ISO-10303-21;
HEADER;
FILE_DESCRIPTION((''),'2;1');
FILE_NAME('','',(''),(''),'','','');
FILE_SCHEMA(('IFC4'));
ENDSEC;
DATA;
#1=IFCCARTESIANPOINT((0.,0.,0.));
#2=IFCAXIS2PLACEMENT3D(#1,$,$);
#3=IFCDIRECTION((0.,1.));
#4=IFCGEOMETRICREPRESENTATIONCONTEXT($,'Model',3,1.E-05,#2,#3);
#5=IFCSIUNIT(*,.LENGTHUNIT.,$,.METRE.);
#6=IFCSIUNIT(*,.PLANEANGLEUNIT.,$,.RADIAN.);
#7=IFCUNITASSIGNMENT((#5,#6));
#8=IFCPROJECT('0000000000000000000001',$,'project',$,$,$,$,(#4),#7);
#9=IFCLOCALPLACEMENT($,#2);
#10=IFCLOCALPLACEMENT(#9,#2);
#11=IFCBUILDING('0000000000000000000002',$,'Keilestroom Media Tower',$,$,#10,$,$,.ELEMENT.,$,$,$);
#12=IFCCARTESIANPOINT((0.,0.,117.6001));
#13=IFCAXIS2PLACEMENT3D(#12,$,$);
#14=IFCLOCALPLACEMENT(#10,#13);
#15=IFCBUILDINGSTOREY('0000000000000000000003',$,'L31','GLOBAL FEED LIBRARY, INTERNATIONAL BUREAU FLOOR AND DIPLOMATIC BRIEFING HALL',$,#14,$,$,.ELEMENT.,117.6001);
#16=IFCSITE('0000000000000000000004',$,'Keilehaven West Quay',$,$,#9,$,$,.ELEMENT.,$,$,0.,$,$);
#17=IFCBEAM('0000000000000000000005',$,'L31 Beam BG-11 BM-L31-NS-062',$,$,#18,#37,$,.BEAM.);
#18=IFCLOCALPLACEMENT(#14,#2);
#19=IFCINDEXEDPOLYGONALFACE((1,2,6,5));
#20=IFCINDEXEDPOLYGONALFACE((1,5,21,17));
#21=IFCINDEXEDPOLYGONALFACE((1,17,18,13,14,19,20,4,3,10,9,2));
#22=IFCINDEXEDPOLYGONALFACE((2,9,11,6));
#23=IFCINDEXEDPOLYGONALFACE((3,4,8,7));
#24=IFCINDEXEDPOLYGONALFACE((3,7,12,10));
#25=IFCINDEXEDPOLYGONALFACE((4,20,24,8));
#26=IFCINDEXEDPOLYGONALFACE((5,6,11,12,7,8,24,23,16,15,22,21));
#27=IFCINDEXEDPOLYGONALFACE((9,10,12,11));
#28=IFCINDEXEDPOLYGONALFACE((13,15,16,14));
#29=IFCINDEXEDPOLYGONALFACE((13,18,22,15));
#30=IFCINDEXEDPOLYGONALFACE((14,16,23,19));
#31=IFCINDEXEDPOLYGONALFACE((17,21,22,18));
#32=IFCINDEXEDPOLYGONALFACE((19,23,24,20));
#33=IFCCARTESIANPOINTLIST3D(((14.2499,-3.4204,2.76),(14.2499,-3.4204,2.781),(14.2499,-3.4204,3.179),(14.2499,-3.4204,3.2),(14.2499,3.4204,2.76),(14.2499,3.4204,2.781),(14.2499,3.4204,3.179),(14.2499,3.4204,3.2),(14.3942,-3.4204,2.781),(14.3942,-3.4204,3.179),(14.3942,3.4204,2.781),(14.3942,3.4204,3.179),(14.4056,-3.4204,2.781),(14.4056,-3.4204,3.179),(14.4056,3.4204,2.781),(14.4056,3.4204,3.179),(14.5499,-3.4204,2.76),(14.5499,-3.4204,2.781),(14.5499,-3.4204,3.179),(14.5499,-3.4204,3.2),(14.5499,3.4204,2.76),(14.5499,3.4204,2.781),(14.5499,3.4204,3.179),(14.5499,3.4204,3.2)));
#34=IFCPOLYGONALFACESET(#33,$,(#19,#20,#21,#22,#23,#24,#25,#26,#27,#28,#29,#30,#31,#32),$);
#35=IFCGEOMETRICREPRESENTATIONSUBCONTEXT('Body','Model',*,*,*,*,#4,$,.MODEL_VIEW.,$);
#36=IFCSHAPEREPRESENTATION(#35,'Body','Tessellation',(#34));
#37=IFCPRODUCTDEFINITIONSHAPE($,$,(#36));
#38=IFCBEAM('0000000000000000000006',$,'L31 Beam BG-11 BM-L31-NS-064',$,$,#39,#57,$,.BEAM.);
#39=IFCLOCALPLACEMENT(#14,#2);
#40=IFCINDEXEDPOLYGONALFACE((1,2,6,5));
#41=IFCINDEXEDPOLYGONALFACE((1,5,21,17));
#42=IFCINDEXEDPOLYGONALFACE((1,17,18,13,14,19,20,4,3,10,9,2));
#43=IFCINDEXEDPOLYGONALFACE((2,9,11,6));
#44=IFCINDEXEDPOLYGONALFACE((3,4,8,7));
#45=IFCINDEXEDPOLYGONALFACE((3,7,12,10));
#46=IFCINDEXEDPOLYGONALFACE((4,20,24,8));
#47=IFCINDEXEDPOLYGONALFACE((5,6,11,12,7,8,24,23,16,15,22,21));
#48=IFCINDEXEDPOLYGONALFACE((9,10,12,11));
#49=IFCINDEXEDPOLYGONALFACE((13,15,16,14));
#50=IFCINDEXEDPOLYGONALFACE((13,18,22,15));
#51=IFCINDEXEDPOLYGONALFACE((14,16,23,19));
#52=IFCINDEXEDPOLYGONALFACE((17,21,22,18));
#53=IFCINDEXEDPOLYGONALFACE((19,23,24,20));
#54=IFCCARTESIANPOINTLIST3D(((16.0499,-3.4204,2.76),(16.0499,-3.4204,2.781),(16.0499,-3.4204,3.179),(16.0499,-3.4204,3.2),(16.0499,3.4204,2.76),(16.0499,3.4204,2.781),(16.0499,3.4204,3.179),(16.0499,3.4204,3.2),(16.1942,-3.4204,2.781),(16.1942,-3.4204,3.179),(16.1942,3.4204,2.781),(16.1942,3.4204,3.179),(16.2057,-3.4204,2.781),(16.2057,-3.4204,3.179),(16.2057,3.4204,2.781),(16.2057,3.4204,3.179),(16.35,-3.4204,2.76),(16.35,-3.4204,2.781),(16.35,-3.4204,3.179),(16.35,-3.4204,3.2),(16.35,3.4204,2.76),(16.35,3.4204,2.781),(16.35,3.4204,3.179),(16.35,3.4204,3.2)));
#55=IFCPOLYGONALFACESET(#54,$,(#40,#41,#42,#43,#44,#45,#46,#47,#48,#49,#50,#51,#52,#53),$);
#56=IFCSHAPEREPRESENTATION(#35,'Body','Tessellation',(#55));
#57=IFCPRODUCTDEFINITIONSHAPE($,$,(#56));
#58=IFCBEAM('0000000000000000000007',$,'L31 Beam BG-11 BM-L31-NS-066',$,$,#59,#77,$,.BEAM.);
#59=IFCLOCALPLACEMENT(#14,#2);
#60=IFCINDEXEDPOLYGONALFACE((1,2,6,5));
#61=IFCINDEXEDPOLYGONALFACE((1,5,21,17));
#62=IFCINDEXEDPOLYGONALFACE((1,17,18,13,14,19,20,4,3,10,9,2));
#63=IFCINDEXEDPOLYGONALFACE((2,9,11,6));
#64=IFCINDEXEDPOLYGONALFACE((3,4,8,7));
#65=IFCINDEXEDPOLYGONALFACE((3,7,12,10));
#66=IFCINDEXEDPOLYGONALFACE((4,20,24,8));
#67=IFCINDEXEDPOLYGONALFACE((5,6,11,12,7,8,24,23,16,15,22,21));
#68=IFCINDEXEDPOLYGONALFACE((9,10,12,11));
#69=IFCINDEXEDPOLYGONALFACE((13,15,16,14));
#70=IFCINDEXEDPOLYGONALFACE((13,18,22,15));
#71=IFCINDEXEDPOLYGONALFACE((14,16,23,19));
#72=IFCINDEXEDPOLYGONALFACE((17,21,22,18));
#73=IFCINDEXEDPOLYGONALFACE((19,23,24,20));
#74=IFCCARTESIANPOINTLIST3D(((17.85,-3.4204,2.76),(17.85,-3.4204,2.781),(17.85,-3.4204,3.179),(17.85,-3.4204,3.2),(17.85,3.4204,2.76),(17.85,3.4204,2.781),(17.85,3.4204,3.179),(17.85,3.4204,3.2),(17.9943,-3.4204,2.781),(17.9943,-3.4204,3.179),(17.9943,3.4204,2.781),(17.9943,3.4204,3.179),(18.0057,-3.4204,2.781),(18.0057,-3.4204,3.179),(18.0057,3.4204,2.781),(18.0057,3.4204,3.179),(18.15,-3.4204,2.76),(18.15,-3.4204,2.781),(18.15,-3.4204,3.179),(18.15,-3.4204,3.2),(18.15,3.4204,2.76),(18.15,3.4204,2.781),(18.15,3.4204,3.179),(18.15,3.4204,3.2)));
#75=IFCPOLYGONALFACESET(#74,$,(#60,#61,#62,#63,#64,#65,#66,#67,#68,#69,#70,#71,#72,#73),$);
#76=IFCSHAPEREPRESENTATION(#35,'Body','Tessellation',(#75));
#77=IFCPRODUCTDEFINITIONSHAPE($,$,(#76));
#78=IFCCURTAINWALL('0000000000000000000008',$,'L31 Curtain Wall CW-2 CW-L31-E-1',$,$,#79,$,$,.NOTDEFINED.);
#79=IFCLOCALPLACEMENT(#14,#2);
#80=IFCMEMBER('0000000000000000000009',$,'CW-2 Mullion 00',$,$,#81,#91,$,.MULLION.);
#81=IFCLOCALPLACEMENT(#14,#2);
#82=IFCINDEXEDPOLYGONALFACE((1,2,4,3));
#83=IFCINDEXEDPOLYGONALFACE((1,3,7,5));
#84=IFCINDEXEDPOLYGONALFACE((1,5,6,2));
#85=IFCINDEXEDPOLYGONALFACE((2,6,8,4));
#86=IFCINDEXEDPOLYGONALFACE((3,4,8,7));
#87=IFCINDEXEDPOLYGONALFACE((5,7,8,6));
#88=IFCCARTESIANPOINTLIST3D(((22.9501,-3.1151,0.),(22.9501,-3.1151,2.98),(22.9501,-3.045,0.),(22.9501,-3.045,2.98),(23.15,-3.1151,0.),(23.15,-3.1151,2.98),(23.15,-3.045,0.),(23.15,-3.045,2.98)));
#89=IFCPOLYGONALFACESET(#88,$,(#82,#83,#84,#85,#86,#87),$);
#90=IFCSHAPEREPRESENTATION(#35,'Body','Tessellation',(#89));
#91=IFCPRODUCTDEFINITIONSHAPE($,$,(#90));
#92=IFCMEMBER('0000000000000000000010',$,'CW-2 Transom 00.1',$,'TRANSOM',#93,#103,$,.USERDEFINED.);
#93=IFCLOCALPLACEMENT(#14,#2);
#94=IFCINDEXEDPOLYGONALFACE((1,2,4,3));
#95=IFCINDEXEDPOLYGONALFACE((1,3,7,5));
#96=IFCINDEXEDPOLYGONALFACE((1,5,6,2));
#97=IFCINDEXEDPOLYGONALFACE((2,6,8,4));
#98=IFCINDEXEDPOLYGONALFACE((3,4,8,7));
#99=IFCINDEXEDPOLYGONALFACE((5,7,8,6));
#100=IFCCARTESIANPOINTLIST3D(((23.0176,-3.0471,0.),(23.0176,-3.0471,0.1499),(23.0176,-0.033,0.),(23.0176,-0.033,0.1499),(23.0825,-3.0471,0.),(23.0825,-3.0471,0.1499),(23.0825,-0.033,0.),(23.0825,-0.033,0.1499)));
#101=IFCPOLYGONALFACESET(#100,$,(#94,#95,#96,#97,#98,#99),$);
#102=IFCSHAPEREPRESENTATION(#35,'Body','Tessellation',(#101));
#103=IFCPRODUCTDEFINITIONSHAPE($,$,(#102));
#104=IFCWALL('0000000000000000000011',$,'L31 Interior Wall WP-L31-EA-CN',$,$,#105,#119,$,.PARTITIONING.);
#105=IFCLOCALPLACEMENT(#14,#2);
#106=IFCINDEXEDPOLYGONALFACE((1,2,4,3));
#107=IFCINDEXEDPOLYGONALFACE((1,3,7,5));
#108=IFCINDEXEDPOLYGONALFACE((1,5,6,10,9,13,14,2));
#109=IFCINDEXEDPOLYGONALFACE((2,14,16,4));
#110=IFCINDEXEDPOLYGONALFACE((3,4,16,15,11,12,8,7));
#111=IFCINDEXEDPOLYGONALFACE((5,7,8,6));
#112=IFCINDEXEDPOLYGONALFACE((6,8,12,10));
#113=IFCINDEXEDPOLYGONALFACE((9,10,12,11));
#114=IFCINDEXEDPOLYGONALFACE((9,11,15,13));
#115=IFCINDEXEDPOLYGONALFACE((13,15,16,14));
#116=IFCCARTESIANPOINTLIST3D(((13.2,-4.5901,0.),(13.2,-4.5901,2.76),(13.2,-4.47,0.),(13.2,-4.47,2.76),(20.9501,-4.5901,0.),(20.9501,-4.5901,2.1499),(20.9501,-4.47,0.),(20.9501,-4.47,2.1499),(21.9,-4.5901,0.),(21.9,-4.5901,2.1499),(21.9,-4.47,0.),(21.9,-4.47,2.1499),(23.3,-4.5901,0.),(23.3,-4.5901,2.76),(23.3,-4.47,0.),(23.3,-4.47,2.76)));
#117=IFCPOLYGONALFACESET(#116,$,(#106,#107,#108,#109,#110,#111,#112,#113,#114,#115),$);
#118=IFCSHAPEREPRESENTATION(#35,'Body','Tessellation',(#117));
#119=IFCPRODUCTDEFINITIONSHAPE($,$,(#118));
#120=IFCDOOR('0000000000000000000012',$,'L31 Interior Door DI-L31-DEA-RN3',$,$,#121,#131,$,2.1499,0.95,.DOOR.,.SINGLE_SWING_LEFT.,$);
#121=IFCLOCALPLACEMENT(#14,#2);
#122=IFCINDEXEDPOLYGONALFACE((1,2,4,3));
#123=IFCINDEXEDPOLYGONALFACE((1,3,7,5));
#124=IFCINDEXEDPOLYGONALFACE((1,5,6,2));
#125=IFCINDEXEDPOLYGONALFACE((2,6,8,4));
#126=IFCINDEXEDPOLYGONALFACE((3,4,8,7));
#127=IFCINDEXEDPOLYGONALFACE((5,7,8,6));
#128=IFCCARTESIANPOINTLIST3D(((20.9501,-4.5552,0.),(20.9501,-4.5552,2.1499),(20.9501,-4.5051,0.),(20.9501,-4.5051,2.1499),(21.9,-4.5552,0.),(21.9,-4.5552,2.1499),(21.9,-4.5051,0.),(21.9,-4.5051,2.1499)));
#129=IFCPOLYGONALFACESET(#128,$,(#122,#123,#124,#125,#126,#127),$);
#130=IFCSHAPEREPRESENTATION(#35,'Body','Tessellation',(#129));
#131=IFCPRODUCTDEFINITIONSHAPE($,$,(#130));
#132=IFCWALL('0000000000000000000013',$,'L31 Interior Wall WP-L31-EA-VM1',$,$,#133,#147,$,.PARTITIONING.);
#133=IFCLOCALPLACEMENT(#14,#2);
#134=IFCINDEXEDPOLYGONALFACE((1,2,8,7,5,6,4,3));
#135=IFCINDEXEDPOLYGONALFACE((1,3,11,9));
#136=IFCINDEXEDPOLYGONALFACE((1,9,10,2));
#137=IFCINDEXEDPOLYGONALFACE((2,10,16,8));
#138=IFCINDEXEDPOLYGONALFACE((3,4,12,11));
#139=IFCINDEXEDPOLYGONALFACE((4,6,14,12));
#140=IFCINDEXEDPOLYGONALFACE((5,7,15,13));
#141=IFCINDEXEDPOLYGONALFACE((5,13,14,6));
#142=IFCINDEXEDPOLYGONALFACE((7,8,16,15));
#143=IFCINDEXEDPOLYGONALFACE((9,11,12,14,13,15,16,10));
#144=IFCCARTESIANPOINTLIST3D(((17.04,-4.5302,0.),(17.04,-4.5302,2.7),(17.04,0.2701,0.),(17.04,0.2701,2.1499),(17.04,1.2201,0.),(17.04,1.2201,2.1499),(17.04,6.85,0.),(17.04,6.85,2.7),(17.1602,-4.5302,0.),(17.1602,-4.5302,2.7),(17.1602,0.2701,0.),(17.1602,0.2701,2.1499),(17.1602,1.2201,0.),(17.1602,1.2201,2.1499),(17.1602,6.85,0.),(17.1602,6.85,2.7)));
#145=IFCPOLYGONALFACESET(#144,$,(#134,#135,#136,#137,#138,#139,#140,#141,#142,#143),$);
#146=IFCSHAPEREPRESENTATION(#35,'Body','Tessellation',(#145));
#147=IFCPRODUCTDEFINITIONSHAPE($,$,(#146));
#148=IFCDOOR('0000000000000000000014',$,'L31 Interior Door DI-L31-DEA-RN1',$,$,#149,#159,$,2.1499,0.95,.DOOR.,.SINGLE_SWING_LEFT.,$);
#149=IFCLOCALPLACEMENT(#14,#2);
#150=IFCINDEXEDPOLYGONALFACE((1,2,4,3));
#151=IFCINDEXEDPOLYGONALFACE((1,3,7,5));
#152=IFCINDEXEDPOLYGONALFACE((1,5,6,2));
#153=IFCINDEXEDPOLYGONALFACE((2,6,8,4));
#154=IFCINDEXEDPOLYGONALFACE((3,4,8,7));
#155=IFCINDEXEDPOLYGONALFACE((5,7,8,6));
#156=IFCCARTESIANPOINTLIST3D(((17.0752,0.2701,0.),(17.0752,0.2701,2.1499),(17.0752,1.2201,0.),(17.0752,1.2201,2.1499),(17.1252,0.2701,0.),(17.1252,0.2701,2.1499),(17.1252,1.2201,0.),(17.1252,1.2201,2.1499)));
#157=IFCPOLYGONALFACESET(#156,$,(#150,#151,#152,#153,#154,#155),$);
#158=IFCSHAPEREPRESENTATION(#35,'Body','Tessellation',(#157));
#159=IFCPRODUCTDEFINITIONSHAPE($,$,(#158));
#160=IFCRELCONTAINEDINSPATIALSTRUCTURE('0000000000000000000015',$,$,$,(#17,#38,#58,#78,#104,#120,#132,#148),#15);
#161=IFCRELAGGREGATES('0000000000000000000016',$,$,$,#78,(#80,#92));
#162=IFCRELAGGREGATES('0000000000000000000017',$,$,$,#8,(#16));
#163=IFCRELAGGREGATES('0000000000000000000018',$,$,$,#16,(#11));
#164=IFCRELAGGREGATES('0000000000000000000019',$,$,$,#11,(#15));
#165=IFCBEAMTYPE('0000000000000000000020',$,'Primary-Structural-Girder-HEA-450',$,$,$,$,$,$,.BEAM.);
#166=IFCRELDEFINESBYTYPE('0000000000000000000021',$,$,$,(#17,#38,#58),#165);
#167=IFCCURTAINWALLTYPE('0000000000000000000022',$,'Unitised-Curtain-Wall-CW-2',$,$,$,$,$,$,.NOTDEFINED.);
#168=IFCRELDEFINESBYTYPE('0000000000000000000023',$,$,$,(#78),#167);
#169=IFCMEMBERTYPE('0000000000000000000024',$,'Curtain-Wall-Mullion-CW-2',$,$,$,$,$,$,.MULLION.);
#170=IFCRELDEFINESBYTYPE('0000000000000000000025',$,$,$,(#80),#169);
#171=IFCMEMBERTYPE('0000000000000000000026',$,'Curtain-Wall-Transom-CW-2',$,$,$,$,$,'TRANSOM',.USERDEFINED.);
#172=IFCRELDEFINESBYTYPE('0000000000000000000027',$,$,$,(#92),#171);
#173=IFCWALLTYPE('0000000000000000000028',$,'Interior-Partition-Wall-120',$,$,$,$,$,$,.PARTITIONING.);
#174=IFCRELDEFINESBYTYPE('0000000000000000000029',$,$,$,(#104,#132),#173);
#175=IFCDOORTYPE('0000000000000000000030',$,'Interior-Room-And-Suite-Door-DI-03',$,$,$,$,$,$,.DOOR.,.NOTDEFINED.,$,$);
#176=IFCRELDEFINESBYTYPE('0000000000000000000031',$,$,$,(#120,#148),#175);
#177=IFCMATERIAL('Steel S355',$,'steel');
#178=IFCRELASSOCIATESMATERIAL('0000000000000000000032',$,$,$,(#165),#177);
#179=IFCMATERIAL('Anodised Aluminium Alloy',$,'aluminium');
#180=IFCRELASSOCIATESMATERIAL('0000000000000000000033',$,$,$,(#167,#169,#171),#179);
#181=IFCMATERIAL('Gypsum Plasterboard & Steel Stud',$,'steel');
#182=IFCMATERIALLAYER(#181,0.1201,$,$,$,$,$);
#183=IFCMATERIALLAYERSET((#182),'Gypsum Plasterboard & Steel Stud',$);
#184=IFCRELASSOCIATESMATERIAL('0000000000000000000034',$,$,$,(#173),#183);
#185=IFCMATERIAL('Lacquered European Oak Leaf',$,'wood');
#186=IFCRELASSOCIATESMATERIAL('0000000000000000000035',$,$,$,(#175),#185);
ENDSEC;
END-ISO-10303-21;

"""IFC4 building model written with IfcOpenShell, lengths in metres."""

from ifc_helpers import new_model, si_unit, direction, frame, frame_2d, origin, origin_2d, place, context, subcontext, project, spatial, rectangle, i_section, extrude, source, transform, mapped, material, layer, layer_set, material_profile, profile_set, type_object, element, fill, aggregate, save


model = new_model("IFC4")

# Units and contexts
model_context = context("Model", 3, precision=1e-05, world=origin(), true_north=direction((0.0, 1.0)))
body_context = subcontext(model_context, "Body", "Model", "MODEL_VIEW")
ifc_project = project(units=[si_unit("LENGTHUNIT", "METRE"), si_unit("PLANEANGLEUNIT", "RADIAN")], contexts=[model_context])

# Site, building, storey
site_placement = place(None, origin())
site = spatial("IfcSite", under=ifc_project, at=site_placement, Name="Keilehaven West Quay", CompositionType="ELEMENT", RefElevation=0.0)
building_placement = place(site_placement, origin())
building = spatial("IfcBuilding", under=site, at=building_placement, Name="Keilestroom Media Tower", CompositionType="ELEMENT")
storey_placement = place(building_placement, frame((0.0, 0.0, 117.6001)))
storey = spatial("IfcBuildingStorey", under=building, at=storey_placement, Name="L31", Description="GLOBAL FEED LIBRARY, INTERNATIONAL BUREAU FLOOR AND DIPLOMATIC BRIEFING HALL", CompositionType="ELEMENT", Elevation=117.6001)

# Shared definitions
ifc_material_1 = material(Name="Steel S355", Category="steel")

# Beams
ifc_material_profile_1 = material_profile(ifc_material_1, i_section(OverallWidth=0.3, OverallDepth=0.4399, WebThickness=0.0115, FlangeThickness=0.021, at=origin_2d()), Name="HEA 450")
ifc_profile_set_1 = profile_set([ifc_material_profile_1], Name="Steel S355")
beam_type_1 = type_object("IfcBeamType", Name="Primary-Structural-Girder-HEA-450", PredefinedType="BEAM", material=ifc_profile_set_1)
shared_shape_1 = source(origin(), body_context, "Body", "SweptSolid", [
    extrude(i_section(OverallWidth=0.3, OverallDepth=0.4399, WebThickness=0.0115, FlangeThickness=0.021, at=origin_2d()), origin(), (0.0, 0.0, 1.0), 6.8408),
])
for number, where, z_axis, x_axis, name in (
    (1, (14.3999, -3.4204, 2.98), (0.0, 1.0, 0.0), (-1.0, 0.0, 0.0), "L31 Beam BG-11 BM-L31-NS-062"),
    (2, (16.2, -3.4204, 2.98), (0.0, 1.0, 0.0), (-1.0, 0.0, 0.0), "L31 Beam BG-11 BM-L31-NS-064"),
    (3, (18.0, -3.4204, 2.98), (0.0, 1.0, 0.0), (-1.0, 0.0, 0.0), "L31 Beam BG-11 BM-L31-NS-066"),
):
    element("IfcBeam", number, at=place(storey_placement, frame(where, z_axis=z_axis, x_axis=x_axis)), inside=storey, type_object=beam_type_1, Name=name, PredefinedType="BEAM", context=body_context, shape_type="MappedRepresentation", body=[
        mapped(shared_shape_1, transform((0.0, 0.0, 0.0), x_axis=(1.0, 0.0, 0.0), y_axis=(0.0, 1.0, 0.0), z_axis=(0.0, 0.0, 1.0), scale=1.0)),
    ])

# Curtain wall, members
ifc_material_2 = material(Name="Anodised Aluminium Alloy", Category="aluminium")
curtain_wall_type = type_object("IfcCurtainWallType", Name="Unitised-Curtain-Wall-CW-2", PredefinedType="NOTDEFINED", material=ifc_material_2)
curtain_wall_placement = place(storey_placement, origin())
curtain_wall = element("IfcCurtainWall", 4, at=curtain_wall_placement, inside=storey, type_object=curtain_wall_type, Name="L31 Curtain Wall CW-2 CW-L31-E-1", PredefinedType="NOTDEFINED")
ifc_material_profile_2 = material_profile(ifc_material_2, rectangle(XDim=0.0701, YDim=0.2, at=origin_2d()), Name="ALU MULLION 70x200")
ifc_profile_set_2 = profile_set([ifc_material_profile_2], Name="Anodised Aluminium Alloy")
member_type_1 = type_object("IfcMemberType", Name="Curtain-Wall-Mullion-CW-2", PredefinedType="MULLION", material=ifc_profile_set_2)
shared_shape_2 = source(origin(), body_context, "Body", "SweptSolid", [
    extrude(rectangle(XDim=0.0701, YDim=0.2, at=origin_2d()), origin(), (0.0, 0.0, 1.0), 2.98),
])
member_1_placement = place(storey_placement, frame((23.05, -3.0801, 0.0), z_axis=(0.0, 0.0, 1.0), x_axis=(0.0, 1.0, 0.0)))
member_1 = element("IfcMember", 5, at=member_1_placement, type_object=member_type_1, Name="CW-2 Mullion 00", PredefinedType="MULLION", context=body_context, shape_type="MappedRepresentation", body=[
    mapped(shared_shape_2, transform((0.0, 0.0, 0.0), x_axis=(1.0, 0.0, 0.0), y_axis=(0.0, 1.0, 0.0), z_axis=(0.0, 0.0, 1.0), scale=1.0)),
])
ifc_material_profile_3 = material_profile(ifc_material_2, rectangle(XDim=0.0649, YDim=0.1499, at=origin_2d()), Name="ALU TRANSOM 65x150")
ifc_profile_set_3 = profile_set([ifc_material_profile_3], Name="Anodised Aluminium Alloy")
member_type_2 = type_object("IfcMemberType", Name="Curtain-Wall-Transom-CW-2", ElementType="TRANSOM", PredefinedType="USERDEFINED", material=ifc_profile_set_3)
shared_shape_3 = source(origin(), body_context, "Body", "SweptSolid", [
    extrude(rectangle(XDim=0.0649, YDim=0.1499, at=origin_2d()), origin(), (0.0, 0.0, 1.0), 3.0142),
])
member_2_placement = place(storey_placement, frame((23.05, -3.0471, 0.075), z_axis=(0.0, 1.0, 0.0), x_axis=(-1.0, 0.0, 0.0)))
member_2 = element("IfcMember", 6, at=member_2_placement, type_object=member_type_2, Name="CW-2 Transom 00.1", ObjectType="TRANSOM", PredefinedType="USERDEFINED", context=body_context, shape_type="MappedRepresentation", body=[
    mapped(shared_shape_3, transform((0.0, 0.0, 0.0), x_axis=(1.0, 0.0, 0.0), y_axis=(0.0, 1.0, 0.0), z_axis=(0.0, 0.0, 1.0), scale=1.0)),
])
aggregate(curtain_wall, [member_1, member_2])

# Walls, openings, doors
ifc_material_3 = material(Name="Gypsum Plasterboard & Steel Stud", Category="steel")
ifc_layer_1 = layer(ifc_material_3, 0.1201)
ifc_layer_set_1 = layer_set([ifc_layer_1], Name="Gypsum Plasterboard & Steel Stud")
wall_type_1 = type_object("IfcWallType", Name="Interior-Partition-Wall-120", PredefinedType="PARTITIONING", material=ifc_layer_set_1)
wall_1_placement = place(storey_placement, frame((13.2, -4.53, 0.0), z_axis=(0.0, 0.0, 1.0), x_axis=(1.0, 0.0, 0.0)))
wall_1 = element("IfcWall", 7, at=wall_1_placement, inside=storey, type_object=wall_type_1, Name="L31 Interior Wall WP-L31-EA-CN", PredefinedType="PARTITIONING", context=body_context, shape_type="SweptSolid", body=[
    extrude(rectangle(XDim=10.1001, YDim=0.1201, at=frame_2d((5.05, 0.0))), origin(), (0.0, 0.0, 1.0), 2.76),
])
opening_1_placement = place(wall_1_placement, frame((7.75, 0.0, 0.0)))
opening_1 = element("IfcOpeningElement", 8, at=opening_1_placement, cuts=wall_1, PredefinedType="OPENING", context=body_context, shape_type="SweptSolid", body=[
    extrude(rectangle(XDim=0.95, YDim=2.1499, at=frame_2d((0.4751, 1.075))), frame((0.0, 0.0701, 0.0), z_axis=(0.0, -1.0, 0.0), x_axis=(1.0, 0.0, 0.0)), (0.0, 0.0, 1.0), 0.1401),
])
ifc_material_4 = material(Name="Lacquered European Oak Leaf", Category="wood")
door_type = type_object("IfcDoorType", Name="Interior-Room-And-Suite-Door-DI-03", OperationType="NOTDEFINED", PredefinedType="DOOR", material=ifc_material_4)
shared_shape_4 = source(origin(), body_context, "Body", "SweptSolid", [
    extrude(rectangle(XDim=0.95, YDim=2.1499, at=frame_2d((0.4751, 1.075))), frame((0.0, 0.0249, 0.0), z_axis=(0.0, -1.0, 0.0), x_axis=(1.0, 0.0, 0.0)), (0.0, 0.0, 1.0), 0.05),
])
door_1_placement = place(opening_1_placement, origin())
door_1 = element("IfcDoor", 9, at=door_1_placement, inside=storey, type_object=door_type, Name="L31 Interior Door DI-L31-DEA-RN3", OperationType="SINGLE_SWING_LEFT", OverallHeight=2.1499, OverallWidth=0.95, PredefinedType="DOOR", context=body_context, shape_type="MappedRepresentation", body=[
    mapped(shared_shape_4, transform((0.0, 0.0, 0.0), x_axis=(1.0, 0.0, 0.0), y_axis=(0.0, 1.0, 0.0), z_axis=(0.0, 0.0, 1.0), scale=1.0)),
])
fill(opening_1, door_1)
wall_2_placement = place(storey_placement, frame((17.1001, -4.53, 0.0), z_axis=(0.0, 0.0, 1.0), x_axis=(0.0, 1.0, 0.0)))
wall_2 = element("IfcWall", 10, at=wall_2_placement, inside=storey, type_object=wall_type_1, Name="L31 Interior Wall WP-L31-EA-VM1", PredefinedType="PARTITIONING", context=body_context, shape_type="SweptSolid", body=[
    extrude(rectangle(XDim=11.3801, YDim=0.1201, at=frame_2d((5.6899, 0.0))), origin(), (0.0, 0.0, 1.0), 2.7),
])
opening_2_placement = place(wall_2_placement, frame((4.8, 0.0, 0.0)))
opening_2 = element("IfcOpeningElement", 11, at=opening_2_placement, cuts=wall_2, PredefinedType="OPENING", context=body_context, shape_type="SweptSolid", body=[
    extrude(rectangle(XDim=0.95, YDim=2.1499, at=frame_2d((0.4751, 1.075))), frame((0.0, 0.0701, 0.0), z_axis=(0.0, -1.0, 0.0), x_axis=(1.0, 0.0, 0.0)), (0.0, 0.0, 1.0), 0.1401),
])
door_2_placement = place(opening_2_placement, origin())
door_2 = element("IfcDoor", 12, at=door_2_placement, inside=storey, type_object=door_type, Name="L31 Interior Door DI-L31-DEA-RN1", OperationType="SINGLE_SWING_LEFT", OverallHeight=2.1499, OverallWidth=0.95, PredefinedType="DOOR", context=body_context, shape_type="MappedRepresentation", body=[
    mapped(shared_shape_4, transform((0.0, 0.0, 0.0), x_axis=(1.0, 0.0, 0.0), y_axis=(0.0, 1.0, 0.0), z_axis=(0.0, 0.0, 1.0), scale=1.0)),
])
fill(opening_2, door_2)

save(model, "model.ifc")
